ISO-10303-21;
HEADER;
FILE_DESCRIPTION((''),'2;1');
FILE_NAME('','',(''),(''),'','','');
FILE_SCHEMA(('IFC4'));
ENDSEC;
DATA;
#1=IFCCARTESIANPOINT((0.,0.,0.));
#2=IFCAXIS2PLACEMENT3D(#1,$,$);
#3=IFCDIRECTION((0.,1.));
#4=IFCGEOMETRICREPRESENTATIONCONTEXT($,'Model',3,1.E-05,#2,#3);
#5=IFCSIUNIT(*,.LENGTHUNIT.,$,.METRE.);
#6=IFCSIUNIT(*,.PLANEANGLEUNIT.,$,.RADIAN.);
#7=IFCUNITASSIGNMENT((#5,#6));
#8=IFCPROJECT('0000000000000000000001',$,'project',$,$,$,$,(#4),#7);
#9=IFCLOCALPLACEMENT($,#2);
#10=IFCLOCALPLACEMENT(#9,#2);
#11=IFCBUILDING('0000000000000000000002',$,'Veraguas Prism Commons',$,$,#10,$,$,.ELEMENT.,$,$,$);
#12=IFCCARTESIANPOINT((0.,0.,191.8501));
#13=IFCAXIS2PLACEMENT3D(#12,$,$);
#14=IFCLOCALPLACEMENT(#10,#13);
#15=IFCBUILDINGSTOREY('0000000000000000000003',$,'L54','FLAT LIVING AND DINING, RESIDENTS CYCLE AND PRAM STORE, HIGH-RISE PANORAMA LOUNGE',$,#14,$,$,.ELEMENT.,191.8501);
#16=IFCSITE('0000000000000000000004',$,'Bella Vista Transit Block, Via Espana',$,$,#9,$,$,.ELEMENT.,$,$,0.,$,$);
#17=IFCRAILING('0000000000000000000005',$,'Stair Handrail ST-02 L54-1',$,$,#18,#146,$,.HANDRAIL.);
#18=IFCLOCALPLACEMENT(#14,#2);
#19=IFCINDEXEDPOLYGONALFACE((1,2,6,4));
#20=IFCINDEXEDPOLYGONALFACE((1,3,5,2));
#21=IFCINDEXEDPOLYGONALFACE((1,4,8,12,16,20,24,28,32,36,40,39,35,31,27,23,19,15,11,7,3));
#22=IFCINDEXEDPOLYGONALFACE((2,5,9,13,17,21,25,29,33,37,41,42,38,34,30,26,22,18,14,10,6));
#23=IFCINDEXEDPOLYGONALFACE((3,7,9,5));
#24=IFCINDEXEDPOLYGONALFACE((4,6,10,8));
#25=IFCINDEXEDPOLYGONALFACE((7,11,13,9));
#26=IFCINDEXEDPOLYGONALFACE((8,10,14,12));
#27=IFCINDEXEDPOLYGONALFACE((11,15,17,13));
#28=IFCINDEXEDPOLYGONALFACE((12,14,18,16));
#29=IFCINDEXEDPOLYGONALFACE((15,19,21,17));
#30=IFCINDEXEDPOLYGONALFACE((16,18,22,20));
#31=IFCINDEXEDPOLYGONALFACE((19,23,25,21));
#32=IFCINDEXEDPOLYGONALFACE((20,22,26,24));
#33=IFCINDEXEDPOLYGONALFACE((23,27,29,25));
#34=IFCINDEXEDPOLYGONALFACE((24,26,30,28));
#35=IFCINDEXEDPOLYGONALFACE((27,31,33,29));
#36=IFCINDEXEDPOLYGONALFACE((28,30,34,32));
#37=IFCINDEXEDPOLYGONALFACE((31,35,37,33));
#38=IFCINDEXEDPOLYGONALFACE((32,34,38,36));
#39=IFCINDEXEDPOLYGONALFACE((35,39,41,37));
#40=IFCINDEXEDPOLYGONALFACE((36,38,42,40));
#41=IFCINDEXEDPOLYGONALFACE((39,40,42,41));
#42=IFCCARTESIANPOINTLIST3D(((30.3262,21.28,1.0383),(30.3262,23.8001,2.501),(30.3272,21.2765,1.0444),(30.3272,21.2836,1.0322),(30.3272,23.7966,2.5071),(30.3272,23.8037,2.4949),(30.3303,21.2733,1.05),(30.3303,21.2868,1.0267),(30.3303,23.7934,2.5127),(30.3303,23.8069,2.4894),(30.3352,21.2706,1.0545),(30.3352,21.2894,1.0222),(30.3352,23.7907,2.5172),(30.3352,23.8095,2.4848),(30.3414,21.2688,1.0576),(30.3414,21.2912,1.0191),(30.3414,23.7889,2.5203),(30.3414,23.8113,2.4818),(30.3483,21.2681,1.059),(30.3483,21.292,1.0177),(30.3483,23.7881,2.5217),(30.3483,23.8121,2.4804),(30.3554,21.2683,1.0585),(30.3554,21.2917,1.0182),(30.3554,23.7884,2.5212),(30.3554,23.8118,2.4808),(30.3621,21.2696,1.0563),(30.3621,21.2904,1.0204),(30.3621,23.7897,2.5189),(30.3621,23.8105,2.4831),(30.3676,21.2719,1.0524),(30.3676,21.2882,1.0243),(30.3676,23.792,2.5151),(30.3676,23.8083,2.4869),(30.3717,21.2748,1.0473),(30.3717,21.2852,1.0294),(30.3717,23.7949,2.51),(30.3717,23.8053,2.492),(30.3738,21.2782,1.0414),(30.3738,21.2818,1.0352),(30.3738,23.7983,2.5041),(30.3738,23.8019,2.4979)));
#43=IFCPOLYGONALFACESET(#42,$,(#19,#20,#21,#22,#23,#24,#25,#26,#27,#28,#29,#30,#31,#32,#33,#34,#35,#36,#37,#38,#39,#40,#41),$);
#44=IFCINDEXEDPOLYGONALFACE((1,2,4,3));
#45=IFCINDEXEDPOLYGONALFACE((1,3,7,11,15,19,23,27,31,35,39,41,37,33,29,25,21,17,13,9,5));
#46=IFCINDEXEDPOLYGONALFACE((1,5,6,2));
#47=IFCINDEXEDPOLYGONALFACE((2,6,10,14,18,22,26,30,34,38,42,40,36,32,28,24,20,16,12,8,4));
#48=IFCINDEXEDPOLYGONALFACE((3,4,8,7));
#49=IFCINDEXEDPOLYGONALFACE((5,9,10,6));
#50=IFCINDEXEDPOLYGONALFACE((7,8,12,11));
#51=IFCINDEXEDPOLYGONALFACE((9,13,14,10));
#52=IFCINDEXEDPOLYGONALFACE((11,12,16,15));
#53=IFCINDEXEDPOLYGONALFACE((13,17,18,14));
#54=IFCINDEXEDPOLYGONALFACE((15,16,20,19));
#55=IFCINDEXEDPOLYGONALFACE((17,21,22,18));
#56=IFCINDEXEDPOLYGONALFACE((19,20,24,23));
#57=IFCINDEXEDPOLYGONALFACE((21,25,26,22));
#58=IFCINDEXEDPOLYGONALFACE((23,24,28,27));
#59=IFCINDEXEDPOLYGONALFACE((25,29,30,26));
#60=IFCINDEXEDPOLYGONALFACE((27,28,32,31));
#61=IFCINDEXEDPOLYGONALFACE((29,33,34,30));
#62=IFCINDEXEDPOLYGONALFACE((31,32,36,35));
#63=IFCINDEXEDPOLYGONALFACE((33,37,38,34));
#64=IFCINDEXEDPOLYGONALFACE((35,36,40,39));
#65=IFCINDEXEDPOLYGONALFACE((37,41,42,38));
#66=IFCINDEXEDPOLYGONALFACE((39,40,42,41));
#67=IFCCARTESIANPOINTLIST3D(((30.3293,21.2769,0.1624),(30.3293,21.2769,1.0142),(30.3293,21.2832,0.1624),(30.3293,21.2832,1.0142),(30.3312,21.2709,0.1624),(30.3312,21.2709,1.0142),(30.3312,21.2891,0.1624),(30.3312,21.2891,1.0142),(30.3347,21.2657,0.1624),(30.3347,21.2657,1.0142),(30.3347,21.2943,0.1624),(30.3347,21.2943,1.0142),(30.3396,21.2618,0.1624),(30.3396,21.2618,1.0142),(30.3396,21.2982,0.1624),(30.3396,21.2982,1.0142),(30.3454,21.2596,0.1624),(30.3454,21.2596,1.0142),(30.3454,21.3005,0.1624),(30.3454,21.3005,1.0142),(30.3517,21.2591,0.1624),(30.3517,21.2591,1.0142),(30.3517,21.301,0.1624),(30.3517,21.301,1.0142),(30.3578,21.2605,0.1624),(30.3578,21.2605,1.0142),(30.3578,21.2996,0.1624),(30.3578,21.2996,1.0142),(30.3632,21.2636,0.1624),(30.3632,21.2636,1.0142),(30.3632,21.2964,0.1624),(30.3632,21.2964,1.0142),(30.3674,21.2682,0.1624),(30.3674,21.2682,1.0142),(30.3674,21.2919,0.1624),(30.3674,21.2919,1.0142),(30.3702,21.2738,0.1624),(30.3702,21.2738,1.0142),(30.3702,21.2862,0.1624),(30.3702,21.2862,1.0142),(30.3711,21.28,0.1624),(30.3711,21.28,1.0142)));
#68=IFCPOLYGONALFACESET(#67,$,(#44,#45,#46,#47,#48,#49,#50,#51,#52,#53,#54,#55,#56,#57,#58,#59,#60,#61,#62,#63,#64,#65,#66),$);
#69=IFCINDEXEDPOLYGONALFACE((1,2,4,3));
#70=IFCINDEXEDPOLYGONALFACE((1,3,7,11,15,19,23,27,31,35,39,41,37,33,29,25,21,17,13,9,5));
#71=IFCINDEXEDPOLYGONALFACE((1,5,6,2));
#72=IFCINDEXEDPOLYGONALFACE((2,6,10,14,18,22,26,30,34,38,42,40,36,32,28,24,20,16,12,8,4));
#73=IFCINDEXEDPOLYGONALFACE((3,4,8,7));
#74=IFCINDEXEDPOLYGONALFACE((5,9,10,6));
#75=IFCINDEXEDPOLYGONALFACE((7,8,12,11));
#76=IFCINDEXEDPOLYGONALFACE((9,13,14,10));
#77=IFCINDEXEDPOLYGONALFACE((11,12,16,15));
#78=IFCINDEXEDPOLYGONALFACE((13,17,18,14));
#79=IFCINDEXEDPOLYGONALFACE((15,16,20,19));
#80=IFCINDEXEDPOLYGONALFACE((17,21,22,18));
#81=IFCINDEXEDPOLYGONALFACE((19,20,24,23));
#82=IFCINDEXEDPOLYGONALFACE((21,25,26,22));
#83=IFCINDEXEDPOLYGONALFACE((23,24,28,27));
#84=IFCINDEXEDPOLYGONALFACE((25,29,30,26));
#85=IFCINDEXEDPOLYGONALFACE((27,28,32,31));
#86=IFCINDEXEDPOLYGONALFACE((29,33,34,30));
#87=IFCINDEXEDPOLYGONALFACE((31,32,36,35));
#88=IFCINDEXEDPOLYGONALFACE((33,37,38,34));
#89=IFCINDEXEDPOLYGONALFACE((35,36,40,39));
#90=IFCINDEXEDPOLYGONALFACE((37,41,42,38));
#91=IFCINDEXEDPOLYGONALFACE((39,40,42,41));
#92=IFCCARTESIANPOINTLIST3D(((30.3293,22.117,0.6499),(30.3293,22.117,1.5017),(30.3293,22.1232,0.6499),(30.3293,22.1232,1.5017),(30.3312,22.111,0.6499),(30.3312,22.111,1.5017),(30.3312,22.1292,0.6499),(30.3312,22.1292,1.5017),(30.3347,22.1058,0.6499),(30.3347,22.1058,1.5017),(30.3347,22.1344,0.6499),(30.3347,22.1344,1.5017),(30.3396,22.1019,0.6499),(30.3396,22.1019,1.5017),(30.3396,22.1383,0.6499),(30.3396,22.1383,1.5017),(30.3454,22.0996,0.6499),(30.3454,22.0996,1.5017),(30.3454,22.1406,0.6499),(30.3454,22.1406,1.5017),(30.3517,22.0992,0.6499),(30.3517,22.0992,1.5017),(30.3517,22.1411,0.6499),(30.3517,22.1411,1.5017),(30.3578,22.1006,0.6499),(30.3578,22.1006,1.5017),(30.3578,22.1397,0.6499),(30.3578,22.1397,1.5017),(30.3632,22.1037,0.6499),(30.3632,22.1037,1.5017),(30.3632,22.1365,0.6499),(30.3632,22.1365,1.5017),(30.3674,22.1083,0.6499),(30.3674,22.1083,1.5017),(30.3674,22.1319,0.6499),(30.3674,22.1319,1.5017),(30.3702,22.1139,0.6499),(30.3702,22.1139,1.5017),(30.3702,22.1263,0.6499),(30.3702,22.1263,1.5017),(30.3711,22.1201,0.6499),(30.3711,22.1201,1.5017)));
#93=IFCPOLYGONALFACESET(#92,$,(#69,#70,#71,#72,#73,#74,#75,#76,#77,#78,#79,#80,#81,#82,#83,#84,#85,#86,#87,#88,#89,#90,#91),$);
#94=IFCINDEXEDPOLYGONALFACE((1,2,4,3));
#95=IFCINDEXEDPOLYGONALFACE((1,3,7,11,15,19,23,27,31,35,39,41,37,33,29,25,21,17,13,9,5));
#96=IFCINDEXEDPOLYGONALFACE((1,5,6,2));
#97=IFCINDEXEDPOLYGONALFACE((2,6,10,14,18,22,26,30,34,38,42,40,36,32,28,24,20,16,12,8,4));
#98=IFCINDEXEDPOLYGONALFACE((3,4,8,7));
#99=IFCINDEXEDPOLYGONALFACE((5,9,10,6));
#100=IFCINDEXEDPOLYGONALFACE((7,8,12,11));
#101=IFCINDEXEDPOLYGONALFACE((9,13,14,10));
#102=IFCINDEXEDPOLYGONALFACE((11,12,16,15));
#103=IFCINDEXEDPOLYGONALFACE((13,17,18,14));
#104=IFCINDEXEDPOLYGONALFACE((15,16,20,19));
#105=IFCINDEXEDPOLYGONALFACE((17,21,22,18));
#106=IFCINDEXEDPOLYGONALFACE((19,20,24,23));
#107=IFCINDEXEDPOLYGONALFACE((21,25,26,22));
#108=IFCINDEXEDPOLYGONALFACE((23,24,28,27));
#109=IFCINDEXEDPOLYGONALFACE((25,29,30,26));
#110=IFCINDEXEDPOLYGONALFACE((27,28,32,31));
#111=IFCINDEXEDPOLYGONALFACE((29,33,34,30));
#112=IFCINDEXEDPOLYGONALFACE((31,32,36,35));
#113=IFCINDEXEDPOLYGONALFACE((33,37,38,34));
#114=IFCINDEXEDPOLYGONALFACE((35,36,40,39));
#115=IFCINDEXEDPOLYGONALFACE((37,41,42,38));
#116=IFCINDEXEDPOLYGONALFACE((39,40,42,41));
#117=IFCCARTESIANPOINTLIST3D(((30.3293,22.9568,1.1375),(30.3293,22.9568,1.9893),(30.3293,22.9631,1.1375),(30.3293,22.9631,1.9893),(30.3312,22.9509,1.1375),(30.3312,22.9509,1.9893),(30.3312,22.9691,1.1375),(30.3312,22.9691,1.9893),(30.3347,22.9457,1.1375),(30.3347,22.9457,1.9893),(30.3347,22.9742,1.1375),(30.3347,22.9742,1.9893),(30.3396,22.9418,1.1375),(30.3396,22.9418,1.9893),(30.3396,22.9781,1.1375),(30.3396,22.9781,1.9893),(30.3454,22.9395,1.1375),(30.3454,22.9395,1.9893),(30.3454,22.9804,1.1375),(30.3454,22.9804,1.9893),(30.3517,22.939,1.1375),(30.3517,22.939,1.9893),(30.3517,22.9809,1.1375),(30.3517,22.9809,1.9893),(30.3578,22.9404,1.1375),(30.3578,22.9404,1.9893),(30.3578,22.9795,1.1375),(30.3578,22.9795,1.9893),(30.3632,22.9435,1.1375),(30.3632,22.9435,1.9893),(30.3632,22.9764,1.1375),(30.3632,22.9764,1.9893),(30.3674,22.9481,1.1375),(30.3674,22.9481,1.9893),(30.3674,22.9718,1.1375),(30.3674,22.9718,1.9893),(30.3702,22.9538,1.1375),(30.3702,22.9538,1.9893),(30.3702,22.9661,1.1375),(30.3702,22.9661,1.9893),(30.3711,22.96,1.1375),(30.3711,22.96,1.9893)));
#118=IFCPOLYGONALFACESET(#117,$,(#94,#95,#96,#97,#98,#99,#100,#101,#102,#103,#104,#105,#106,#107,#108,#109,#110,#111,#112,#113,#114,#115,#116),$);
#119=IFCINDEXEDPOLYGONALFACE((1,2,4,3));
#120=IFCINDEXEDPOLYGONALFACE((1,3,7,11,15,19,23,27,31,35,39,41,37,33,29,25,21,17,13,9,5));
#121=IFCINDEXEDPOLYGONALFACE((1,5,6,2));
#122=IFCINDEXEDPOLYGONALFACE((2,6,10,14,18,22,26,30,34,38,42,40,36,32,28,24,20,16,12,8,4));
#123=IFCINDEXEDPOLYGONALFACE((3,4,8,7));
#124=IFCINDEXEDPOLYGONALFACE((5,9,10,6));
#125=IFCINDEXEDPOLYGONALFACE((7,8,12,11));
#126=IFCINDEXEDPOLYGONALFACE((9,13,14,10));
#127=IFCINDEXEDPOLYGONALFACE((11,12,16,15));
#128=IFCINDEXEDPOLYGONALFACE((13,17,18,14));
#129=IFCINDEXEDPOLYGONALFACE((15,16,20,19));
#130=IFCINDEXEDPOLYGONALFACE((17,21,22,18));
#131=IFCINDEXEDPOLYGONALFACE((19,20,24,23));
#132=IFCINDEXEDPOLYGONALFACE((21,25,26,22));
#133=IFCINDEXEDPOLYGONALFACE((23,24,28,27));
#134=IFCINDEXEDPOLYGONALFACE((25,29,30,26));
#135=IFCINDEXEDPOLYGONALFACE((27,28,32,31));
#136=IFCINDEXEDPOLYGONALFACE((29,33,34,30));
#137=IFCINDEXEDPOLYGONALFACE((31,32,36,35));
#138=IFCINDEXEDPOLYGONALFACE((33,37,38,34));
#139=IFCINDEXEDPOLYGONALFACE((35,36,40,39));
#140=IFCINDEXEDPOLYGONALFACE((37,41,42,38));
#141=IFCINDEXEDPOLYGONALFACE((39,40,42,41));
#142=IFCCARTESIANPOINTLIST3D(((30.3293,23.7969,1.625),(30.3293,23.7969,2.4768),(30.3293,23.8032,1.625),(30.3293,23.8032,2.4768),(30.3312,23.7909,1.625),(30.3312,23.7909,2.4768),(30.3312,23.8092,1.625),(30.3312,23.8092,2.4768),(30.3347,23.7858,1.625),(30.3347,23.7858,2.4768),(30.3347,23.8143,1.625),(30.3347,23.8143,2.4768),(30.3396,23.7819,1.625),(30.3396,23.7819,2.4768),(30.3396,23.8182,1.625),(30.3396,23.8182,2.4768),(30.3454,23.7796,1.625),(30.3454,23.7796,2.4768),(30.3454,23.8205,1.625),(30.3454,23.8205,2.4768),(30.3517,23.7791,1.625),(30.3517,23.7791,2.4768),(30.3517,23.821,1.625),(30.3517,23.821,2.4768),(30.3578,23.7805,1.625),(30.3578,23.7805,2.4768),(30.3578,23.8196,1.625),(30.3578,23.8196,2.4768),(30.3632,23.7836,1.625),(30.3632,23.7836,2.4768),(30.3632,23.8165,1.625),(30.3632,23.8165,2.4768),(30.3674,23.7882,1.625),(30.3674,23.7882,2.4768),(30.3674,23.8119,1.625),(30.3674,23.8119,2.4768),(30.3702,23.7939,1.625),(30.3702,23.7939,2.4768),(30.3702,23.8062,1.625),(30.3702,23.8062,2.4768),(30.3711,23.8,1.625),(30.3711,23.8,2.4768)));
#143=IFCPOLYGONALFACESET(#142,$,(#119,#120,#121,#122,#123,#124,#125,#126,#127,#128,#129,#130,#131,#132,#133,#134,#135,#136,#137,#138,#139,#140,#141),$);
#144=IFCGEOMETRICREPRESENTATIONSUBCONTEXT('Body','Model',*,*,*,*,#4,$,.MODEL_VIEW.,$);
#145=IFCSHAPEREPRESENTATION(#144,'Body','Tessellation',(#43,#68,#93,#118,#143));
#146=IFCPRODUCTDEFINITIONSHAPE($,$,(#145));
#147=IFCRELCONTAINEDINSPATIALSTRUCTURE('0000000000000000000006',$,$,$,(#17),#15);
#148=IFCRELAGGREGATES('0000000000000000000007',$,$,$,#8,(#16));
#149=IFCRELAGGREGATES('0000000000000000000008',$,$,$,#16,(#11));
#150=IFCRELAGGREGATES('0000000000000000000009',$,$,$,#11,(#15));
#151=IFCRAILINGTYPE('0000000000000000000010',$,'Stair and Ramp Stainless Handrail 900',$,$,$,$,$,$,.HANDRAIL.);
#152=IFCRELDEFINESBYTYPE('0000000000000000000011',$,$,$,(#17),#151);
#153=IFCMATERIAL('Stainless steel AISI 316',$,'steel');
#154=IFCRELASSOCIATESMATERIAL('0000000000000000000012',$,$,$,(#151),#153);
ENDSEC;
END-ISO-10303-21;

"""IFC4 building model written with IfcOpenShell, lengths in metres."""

from ifc_helpers import new_model, si_unit, direction, frame, origin, origin_2d, place, context, subcontext, project, spatial, circle, extrude, material, type_object, element, save


model = new_model("IFC4")

# Units and contexts
model_context = context("Model", 3, precision=1e-05, world=origin(), true_north=direction((0.0, 1.0)))
body_context = subcontext(model_context, "Body", "Model", "MODEL_VIEW")
ifc_project = project(units=[si_unit("LENGTHUNIT", "METRE"), si_unit("PLANEANGLEUNIT", "RADIAN")], contexts=[model_context])

# Site, building, storey
site_placement = place(None, origin())
site = spatial("IfcSite", under=ifc_project, at=site_placement, Name="Bella Vista Transit Block, Via Espana", CompositionType="ELEMENT", RefElevation=0.0)
building_placement = place(site_placement, origin())
building = spatial("IfcBuilding", under=site, at=building_placement, Name="Veraguas Prism Commons", CompositionType="ELEMENT")
storey_placement = place(building_placement, frame((0.0, 0.0, 191.8501)))
storey = spatial("IfcBuildingStorey", under=building, at=storey_placement, Name="L54", Description="FLAT LIVING AND DINING, RESIDENTS CYCLE AND PRAM STORE, HIGH-RISE PANORAMA LOUNGE", CompositionType="ELEMENT", Elevation=191.8501)

# Railing
ifc_material_1 = material(Name="Stainless steel AISI 316", Category="steel")
railing_type_1 = type_object("IfcRailingType", Name="Stair and Ramp Stainless Handrail 900", PredefinedType="HANDRAIL", material=ifc_material_1)
railing_1_placement = place(storey_placement, frame((30.3501, 21.28, 0.1624)))
element("IfcRailing", 1, at=railing_1_placement, inside=storey, type_object=railing_type_1, Name="Stair Handrail ST-02 L54-1", PredefinedType="HANDRAIL", context=body_context, shape_type="SweptSolid", body=[
    extrude(circle(Radius=0.0239, at=origin_2d()), frame((0.0, 0.0, 0.876), z_axis=(0.0, 0.864877, 0.501984), x_axis=(-1.0, 0.0, 0.0)), (0.0, 0.0, 1.0), 2.9138),
    extrude(circle(Radius=0.021, at=origin_2d()), origin(), (0.0, 0.0, 1.0), 0.8518),
    extrude(circle(Radius=0.021, at=origin_2d()), frame((0.0, 0.8401, 0.4875)), (0.0, 0.0, 1.0), 0.8518),
    extrude(circle(Radius=0.021, at=origin_2d()), frame((0.0, 1.6799, 0.9751)), (0.0, 0.0, 1.0), 0.8518),
    extrude(circle(Radius=0.021, at=origin_2d()), frame((0.0, 2.52, 1.4626)), (0.0, 0.0, 1.0), 0.8518),
])

save(model, "model.ifc")
